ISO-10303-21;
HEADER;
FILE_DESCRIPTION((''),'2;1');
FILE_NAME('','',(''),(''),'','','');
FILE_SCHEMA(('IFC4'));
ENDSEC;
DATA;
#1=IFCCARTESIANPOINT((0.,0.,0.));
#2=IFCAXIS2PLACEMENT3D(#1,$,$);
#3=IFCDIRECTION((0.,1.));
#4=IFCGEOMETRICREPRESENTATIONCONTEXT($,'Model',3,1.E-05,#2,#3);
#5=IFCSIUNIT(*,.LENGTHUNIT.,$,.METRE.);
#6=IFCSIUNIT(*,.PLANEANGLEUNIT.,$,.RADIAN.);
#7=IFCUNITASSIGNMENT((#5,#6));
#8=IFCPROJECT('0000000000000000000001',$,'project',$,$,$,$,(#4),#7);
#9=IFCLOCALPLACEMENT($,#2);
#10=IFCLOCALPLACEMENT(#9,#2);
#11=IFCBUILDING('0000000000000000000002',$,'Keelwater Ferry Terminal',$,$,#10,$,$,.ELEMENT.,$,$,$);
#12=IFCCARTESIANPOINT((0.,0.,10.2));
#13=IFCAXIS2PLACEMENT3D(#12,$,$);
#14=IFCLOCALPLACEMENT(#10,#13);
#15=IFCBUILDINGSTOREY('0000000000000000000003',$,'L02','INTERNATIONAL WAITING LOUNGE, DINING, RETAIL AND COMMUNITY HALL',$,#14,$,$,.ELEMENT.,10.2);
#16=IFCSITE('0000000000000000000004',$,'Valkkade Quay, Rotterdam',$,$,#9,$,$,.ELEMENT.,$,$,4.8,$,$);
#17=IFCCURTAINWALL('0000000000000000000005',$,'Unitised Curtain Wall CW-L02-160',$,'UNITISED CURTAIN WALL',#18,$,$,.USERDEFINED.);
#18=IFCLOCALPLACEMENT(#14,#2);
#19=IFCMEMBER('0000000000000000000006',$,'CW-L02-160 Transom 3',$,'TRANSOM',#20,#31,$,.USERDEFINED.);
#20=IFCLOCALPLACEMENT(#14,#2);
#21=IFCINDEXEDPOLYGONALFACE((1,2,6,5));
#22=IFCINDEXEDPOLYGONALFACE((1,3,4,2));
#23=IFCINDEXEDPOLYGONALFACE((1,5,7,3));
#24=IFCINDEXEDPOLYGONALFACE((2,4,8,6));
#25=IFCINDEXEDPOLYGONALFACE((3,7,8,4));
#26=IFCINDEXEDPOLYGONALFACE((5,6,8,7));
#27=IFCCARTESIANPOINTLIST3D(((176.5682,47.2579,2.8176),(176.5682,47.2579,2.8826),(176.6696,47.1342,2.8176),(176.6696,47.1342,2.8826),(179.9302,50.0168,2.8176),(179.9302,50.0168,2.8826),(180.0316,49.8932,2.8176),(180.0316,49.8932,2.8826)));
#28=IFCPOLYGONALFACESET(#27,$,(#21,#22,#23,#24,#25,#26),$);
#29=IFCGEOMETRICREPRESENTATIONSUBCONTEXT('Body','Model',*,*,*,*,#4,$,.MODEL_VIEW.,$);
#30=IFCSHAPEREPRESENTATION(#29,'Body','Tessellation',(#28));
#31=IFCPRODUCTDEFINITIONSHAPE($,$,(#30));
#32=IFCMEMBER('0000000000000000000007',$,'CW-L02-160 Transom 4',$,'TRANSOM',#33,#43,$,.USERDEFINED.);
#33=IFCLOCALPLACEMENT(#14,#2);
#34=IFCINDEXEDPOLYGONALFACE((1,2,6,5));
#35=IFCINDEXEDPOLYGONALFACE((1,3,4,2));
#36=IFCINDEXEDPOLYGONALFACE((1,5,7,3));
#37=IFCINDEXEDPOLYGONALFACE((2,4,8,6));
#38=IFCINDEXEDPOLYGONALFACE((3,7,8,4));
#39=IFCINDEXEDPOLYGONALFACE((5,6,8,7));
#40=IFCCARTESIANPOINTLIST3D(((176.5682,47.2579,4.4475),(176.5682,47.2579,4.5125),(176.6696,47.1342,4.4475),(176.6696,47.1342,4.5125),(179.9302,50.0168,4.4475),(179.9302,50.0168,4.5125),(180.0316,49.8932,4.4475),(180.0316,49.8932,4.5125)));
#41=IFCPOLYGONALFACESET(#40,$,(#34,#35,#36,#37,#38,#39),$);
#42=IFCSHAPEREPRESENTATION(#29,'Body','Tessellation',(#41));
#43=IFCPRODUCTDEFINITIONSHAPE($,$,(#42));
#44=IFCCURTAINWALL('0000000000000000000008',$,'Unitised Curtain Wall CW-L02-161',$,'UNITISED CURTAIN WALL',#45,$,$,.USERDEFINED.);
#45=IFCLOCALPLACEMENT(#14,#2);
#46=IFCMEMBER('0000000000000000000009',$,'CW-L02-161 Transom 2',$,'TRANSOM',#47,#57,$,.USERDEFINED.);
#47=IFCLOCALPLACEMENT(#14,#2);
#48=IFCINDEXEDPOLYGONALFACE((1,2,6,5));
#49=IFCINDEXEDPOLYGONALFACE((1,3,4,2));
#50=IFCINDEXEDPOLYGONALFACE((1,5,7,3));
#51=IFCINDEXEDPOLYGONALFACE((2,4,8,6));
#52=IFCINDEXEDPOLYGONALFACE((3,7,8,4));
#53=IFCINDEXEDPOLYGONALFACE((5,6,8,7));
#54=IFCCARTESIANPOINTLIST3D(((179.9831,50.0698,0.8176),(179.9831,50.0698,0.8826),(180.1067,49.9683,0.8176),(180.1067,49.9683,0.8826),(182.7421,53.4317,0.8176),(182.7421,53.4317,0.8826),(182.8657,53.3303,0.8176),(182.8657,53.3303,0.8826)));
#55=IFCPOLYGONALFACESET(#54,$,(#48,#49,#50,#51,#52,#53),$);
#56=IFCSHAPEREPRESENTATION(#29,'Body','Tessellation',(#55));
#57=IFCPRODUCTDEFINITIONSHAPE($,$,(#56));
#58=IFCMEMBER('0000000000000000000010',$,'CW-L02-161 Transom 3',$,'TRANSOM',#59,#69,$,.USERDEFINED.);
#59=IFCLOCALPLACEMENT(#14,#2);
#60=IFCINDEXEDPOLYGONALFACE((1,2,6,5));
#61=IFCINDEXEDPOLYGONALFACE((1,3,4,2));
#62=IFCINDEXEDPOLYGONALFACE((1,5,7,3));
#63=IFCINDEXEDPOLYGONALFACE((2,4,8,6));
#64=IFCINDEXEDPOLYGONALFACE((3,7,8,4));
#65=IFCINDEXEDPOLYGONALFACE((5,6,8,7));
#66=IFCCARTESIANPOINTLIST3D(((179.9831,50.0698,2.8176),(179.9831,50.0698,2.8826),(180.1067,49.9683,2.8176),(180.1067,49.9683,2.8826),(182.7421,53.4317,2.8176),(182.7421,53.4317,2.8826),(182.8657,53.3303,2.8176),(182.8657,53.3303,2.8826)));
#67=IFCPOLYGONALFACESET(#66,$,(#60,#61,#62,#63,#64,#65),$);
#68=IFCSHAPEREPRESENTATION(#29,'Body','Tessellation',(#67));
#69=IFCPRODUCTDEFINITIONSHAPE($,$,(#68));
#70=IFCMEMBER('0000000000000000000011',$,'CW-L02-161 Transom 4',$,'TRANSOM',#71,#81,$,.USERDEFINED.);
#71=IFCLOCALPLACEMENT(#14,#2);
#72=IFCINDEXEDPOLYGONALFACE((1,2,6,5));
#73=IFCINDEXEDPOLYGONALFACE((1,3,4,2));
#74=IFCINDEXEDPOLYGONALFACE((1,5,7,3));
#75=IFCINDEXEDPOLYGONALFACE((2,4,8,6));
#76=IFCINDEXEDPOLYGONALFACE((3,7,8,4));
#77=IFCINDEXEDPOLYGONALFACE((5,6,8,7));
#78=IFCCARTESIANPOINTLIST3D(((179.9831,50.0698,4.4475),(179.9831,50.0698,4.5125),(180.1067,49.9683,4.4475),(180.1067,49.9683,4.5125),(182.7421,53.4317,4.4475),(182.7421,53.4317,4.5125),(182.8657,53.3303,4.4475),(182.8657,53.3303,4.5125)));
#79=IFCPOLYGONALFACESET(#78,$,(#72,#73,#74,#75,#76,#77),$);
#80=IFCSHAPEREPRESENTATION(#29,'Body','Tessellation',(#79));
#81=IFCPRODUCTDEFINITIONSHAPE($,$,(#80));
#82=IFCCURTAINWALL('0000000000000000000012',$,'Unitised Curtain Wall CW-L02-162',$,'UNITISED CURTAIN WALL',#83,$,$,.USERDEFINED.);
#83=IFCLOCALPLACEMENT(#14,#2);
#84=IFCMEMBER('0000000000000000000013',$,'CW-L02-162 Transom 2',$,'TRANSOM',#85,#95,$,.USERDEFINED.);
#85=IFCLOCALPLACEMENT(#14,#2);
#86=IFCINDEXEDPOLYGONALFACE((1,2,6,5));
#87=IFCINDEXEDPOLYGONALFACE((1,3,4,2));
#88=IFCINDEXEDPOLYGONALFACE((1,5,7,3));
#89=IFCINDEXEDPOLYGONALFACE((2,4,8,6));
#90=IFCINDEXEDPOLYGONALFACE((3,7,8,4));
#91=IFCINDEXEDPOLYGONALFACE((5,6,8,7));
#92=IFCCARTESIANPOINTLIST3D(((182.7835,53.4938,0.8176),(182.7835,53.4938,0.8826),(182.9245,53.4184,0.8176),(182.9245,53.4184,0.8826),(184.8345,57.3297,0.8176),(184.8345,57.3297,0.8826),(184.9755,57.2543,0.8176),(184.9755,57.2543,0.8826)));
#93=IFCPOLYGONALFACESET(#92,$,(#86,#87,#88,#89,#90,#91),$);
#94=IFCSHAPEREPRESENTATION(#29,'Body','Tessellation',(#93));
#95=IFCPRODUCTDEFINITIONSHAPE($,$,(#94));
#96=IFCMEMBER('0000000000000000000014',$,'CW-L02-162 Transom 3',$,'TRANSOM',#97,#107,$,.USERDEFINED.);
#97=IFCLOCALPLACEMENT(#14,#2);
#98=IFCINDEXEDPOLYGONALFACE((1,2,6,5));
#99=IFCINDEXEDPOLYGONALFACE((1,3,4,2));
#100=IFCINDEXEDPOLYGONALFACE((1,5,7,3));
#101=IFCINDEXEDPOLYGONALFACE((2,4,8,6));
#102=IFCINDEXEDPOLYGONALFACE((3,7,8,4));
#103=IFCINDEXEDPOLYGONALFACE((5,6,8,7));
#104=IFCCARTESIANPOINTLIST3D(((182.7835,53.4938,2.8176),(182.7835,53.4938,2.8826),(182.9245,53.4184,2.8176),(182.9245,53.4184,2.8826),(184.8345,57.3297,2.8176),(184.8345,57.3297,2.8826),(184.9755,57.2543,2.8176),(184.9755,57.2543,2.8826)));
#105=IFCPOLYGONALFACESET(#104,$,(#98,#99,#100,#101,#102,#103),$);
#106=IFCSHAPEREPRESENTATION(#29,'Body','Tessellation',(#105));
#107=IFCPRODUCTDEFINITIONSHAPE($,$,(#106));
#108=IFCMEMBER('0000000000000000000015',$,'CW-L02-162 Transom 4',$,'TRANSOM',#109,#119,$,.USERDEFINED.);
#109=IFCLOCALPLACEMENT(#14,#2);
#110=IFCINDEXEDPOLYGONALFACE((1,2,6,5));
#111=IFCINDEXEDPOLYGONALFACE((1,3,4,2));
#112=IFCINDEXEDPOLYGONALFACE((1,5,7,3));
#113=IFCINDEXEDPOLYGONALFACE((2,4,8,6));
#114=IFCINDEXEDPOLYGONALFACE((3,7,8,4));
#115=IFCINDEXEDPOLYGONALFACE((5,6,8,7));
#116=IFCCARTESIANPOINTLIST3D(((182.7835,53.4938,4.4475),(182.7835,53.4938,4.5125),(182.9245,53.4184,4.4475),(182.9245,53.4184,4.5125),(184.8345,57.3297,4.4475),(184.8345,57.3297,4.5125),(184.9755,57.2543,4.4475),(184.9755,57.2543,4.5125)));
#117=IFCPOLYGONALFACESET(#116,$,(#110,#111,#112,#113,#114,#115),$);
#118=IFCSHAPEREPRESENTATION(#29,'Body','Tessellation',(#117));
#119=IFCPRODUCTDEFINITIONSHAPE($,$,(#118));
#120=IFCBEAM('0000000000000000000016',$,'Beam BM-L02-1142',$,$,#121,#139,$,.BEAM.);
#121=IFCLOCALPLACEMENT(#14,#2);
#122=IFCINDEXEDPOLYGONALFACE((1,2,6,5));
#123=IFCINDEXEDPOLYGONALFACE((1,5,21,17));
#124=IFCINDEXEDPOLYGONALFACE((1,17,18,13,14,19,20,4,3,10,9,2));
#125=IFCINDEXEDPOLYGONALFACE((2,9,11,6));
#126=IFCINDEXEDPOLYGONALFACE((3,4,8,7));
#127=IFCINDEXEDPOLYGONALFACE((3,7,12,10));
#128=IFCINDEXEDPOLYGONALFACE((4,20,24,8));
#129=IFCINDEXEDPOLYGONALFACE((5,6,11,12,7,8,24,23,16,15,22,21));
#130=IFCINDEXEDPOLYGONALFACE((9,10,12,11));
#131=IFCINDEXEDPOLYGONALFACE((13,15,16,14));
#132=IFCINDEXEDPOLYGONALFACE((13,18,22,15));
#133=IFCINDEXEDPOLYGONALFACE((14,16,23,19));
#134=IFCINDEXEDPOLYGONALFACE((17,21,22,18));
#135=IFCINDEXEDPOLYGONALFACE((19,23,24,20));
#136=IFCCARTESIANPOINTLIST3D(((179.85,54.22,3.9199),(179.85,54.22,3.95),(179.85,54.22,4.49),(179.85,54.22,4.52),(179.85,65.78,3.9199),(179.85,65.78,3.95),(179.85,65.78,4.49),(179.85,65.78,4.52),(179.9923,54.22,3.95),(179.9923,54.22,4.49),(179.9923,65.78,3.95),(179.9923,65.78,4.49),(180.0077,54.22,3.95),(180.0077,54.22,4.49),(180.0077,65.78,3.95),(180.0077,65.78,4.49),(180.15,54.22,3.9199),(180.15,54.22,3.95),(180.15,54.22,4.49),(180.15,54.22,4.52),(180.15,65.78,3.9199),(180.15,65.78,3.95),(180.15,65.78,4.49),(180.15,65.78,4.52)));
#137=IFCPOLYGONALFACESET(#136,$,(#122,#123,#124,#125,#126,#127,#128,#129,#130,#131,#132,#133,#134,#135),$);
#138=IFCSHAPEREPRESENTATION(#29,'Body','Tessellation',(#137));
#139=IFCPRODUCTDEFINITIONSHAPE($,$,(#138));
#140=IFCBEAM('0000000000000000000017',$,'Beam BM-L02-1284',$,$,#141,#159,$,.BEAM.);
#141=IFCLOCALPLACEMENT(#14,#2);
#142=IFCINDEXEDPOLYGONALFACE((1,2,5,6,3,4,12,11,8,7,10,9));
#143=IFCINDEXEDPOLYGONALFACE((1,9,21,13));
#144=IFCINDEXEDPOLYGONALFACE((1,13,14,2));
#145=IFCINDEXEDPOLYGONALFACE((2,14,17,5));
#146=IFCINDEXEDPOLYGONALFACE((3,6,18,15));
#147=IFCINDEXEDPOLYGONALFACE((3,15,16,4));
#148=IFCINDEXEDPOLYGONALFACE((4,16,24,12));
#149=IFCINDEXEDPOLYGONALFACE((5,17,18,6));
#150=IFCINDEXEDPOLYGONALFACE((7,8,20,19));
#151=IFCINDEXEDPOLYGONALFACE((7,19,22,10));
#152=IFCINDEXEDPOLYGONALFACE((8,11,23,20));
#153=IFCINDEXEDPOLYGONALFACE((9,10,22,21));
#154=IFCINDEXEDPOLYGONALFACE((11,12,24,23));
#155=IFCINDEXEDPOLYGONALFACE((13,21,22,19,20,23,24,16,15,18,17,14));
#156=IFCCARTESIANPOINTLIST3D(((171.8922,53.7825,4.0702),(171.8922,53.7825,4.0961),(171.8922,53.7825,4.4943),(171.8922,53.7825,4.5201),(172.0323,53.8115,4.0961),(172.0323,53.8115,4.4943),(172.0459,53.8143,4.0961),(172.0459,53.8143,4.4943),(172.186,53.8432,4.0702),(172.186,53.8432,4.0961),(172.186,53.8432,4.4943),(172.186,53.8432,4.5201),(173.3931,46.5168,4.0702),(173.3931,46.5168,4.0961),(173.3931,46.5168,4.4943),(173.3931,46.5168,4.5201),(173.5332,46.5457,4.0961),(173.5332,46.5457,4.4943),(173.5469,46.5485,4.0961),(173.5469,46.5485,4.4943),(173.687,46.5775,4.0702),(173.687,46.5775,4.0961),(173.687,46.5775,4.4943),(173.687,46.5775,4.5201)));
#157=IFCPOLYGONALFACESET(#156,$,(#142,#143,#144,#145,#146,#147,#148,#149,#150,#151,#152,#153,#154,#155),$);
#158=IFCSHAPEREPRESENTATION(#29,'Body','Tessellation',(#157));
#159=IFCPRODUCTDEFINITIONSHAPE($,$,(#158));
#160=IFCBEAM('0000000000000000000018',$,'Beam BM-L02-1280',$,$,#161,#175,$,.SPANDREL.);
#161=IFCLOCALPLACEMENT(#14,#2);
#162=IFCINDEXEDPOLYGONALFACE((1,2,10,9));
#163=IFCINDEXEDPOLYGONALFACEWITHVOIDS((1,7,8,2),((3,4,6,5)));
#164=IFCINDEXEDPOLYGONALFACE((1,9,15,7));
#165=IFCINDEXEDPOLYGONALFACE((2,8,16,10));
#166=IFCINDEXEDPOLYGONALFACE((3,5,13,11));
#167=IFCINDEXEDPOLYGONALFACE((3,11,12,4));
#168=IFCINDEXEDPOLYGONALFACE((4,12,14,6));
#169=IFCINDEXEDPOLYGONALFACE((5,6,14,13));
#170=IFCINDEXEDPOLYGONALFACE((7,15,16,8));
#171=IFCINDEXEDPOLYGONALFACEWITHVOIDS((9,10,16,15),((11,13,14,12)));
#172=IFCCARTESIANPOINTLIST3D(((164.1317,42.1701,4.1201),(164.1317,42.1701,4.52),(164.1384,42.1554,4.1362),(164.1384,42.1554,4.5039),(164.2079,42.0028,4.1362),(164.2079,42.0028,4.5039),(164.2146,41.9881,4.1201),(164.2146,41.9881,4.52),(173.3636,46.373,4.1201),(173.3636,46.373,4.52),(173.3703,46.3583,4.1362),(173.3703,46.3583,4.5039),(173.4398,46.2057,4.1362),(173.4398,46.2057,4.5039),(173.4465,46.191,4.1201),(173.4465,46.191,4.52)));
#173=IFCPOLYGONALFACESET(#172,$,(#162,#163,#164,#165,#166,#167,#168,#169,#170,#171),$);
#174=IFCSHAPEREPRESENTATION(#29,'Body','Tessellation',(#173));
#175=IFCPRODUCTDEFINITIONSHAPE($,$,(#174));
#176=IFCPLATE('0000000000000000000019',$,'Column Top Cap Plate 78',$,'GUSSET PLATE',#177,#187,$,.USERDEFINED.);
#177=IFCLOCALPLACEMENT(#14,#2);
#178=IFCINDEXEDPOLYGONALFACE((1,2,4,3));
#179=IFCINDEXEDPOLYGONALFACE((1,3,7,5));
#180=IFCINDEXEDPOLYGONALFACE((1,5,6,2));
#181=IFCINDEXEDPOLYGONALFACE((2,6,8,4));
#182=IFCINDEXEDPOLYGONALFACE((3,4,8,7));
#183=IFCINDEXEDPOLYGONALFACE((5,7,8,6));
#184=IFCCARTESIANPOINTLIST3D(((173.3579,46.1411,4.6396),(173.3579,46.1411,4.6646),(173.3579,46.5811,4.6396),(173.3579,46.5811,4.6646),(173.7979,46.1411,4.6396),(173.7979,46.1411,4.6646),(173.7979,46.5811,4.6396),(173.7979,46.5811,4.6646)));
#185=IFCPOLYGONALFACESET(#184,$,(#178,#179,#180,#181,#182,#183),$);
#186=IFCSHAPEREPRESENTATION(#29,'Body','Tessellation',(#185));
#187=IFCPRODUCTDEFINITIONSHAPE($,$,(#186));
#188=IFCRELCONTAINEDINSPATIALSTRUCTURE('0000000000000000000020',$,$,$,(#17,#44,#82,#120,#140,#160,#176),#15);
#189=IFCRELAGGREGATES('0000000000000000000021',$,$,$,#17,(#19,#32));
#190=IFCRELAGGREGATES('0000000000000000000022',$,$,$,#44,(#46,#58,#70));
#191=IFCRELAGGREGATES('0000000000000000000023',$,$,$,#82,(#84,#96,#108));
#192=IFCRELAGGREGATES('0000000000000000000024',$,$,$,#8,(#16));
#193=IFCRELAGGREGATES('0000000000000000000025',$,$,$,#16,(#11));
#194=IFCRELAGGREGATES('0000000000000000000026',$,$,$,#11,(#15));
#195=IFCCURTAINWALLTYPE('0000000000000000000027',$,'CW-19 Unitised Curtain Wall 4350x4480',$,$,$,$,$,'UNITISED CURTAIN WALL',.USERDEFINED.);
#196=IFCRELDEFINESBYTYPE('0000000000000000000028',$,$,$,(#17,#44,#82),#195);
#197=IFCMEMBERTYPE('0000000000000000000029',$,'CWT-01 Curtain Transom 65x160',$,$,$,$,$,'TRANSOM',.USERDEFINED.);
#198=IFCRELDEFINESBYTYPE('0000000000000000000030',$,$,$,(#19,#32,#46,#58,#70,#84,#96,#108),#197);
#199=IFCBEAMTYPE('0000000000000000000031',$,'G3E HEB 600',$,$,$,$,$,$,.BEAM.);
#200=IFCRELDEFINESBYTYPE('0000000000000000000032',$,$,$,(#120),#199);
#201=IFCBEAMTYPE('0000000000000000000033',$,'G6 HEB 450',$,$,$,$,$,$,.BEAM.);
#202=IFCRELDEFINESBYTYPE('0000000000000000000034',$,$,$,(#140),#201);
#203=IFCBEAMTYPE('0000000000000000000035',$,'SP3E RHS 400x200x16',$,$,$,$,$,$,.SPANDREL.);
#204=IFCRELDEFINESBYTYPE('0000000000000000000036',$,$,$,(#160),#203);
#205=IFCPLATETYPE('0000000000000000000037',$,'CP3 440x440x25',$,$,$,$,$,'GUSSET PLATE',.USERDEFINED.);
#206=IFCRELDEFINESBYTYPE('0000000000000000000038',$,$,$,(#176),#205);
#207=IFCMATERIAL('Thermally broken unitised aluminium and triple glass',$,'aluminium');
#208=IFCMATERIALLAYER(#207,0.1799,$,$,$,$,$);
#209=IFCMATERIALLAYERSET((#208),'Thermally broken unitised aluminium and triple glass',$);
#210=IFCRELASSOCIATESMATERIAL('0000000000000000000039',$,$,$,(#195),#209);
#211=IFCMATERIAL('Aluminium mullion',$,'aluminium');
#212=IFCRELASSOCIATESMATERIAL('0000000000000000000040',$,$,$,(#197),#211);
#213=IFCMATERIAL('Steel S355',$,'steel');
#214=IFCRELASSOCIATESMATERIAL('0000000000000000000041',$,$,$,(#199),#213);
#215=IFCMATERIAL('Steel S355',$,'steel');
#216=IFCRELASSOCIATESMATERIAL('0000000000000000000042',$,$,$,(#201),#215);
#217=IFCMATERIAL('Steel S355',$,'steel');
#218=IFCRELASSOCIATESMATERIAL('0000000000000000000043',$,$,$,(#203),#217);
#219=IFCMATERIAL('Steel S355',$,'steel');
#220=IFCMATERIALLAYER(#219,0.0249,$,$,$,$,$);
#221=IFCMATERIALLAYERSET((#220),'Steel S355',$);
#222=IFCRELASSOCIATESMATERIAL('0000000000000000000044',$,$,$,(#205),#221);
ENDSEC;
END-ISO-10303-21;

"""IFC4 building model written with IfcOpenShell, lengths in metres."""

from ifc_helpers import new_model, si_unit, direction, frame, origin, origin_2d, place, context, subcontext, project, spatial, rectangle, hollow_rectangle, i_section, extrude, material, layer, layer_set, material_profile, profile_set, type_object, element, aggregate, save


model = new_model("IFC4")

# Units and contexts
model_context = context("Model", 3, precision=1e-05, world=origin(), true_north=direction((0.0, 1.0)))
body_context = subcontext(model_context, "Body", "Model", "MODEL_VIEW")
ifc_project = project(units=[si_unit("LENGTHUNIT", "METRE"), si_unit("PLANEANGLEUNIT", "RADIAN")], contexts=[model_context])

# Site, building, storey
site_placement = place(None, origin())
site = spatial("IfcSite", under=ifc_project, at=site_placement, Name="Valkkade Quay, Rotterdam", CompositionType="ELEMENT", RefElevation=4.8)
building_placement = place(site_placement, origin())
building = spatial("IfcBuilding", under=site, at=building_placement, Name="Keelwater Ferry Terminal", CompositionType="ELEMENT")
storey_placement = place(building_placement, frame((0.0, 0.0, 10.2)))
storey = spatial("IfcBuildingStorey", under=building, at=storey_placement, Name="L02", Description="INTERNATIONAL WAITING LOUNGE, DINING, RETAIL AND COMMUNITY HALL", CompositionType="ELEMENT", Elevation=10.2)

# Curtain walls, members
ifc_material_1 = material(Name="Thermally broken unitised aluminium and triple glass", Category="aluminium")
ifc_layer_1 = layer(ifc_material_1, 0.1799)
ifc_layer_set_1 = layer_set([ifc_layer_1], Name="Thermally broken unitised aluminium and triple glass")
curtain_wall_type = type_object("IfcCurtainWallType", Name="CW-19 Unitised Curtain Wall 4350x4480", ElementType="UNITISED CURTAIN WALL", PredefinedType="USERDEFINED", material=ifc_layer_set_1)
curtain_wall_1_placement = place(storey_placement, origin())
curtain_wall_1 = element("IfcCurtainWall", 1, at=curtain_wall_1_placement, inside=storey, type_object=curtain_wall_type, Name="Unitised Curtain Wall CW-L02-160", ObjectType="UNITISED CURTAIN WALL", PredefinedType="USERDEFINED")
ifc_material_2 = material(Name="Aluminium mullion", Category="aluminium")
ifc_material_profile_1 = material_profile(ifc_material_2, rectangle(XDim=0.1599, YDim=0.0649, at=origin_2d()), Name="CWT-01")
ifc_profile_set_1 = profile_set([ifc_material_profile_1], Name="Aluminium mullion")
member_type = type_object("IfcMemberType", Name="CWT-01 Curtain Transom 65x160", ElementType="TRANSOM", PredefinedType="USERDEFINED", material=ifc_profile_set_1)
member_1_placement = place(storey_placement, frame((176.6189, 47.196, 2.8501), z_axis=(0.773026, 0.634374, 0.0), x_axis=(-0.634374, 0.773026, 0.0)))
member_1 = element("IfcMember", 2, at=member_1_placement, type_object=member_type, Name="CW-L02-160 Transom 3", ObjectType="TRANSOM", PredefinedType="USERDEFINED", context=body_context, shape_type="SweptSolid", body=[
    extrude(rectangle(XDim=0.1599, YDim=0.0649, at=origin_2d()), origin(), (0.0, 0.0, 1.0), 4.3491),
])
member_2_placement = place(storey_placement, frame((176.6189, 47.196, 4.48), z_axis=(0.773026, 0.634374, 0.0), x_axis=(-0.634374, 0.773026, 0.0)))
member_2 = element("IfcMember", 3, at=member_2_placement, type_object=member_type, Name="CW-L02-160 Transom 4", ObjectType="TRANSOM", PredefinedType="USERDEFINED", context=body_context, shape_type="SweptSolid", body=[
    extrude(rectangle(XDim=0.1599, YDim=0.0649, at=origin_2d()), origin(), (0.0, 0.0, 1.0), 4.3491),
])
curtain_wall_2_placement = place(storey_placement, origin())
curtain_wall_2 = element("IfcCurtainWall", 4, at=curtain_wall_2_placement, inside=storey, type_object=curtain_wall_type, Name="Unitised Curtain Wall CW-L02-161", ObjectType="UNITISED CURTAIN WALL", PredefinedType="USERDEFINED")
member_3_placement = place(storey_placement, frame((180.0449, 50.019, 0.8501), z_axis=(0.634374, 0.773026, 0.0), x_axis=(-0.773026, 0.634374, 0.0)))
member_3 = element("IfcMember", 5, at=member_3_placement, type_object=member_type, Name="CW-L02-161 Transom 2", ObjectType="TRANSOM", PredefinedType="USERDEFINED", context=body_context, shape_type="SweptSolid", body=[
    extrude(rectangle(XDim=0.1599, YDim=0.0649, at=origin_2d()), origin(), (0.0, 0.0, 1.0), 4.3491),
])
member_4_placement = place(storey_placement, frame((180.0449, 50.019, 2.8501), z_axis=(0.634374, 0.773026, 0.0), x_axis=(-0.773026, 0.634374, 0.0)))
member_4 = element("IfcMember", 6, at=member_4_placement, type_object=member_type, Name="CW-L02-161 Transom 3", ObjectType="TRANSOM", PredefinedType="USERDEFINED", context=body_context, shape_type="SweptSolid", body=[
    extrude(rectangle(XDim=0.1599, YDim=0.0649, at=origin_2d()), origin(), (0.0, 0.0, 1.0), 4.3491),
])
member_5_placement = place(storey_placement, frame((180.0449, 50.019, 4.48), z_axis=(0.634374, 0.773026, 0.0), x_axis=(-0.773026, 0.634374, 0.0)))
member_5 = element("IfcMember", 7, at=member_5_placement, type_object=member_type, Name="CW-L02-161 Transom 4", ObjectType="TRANSOM", PredefinedType="USERDEFINED", context=body_context, shape_type="SweptSolid", body=[
    extrude(rectangle(XDim=0.1599, YDim=0.0649, at=origin_2d()), origin(), (0.0, 0.0, 1.0), 4.3491),
])
curtain_wall_3_placement = place(storey_placement, origin())
curtain_wall_3 = element("IfcCurtainWall", 8, at=curtain_wall_3_placement, inside=storey, type_object=curtain_wall_type, Name="Unitised Curtain Wall CW-L02-162", ObjectType="UNITISED CURTAIN WALL", PredefinedType="USERDEFINED")
member_6_placement = place(storey_placement, frame((182.854, 53.4561, 0.8501), z_axis=(0.471517, 0.881857, 0.0), x_axis=(-0.881857, 0.471517, 0.0)))
member_6 = element("IfcMember", 9, at=member_6_placement, type_object=member_type, Name="CW-L02-162 Transom 2", ObjectType="TRANSOM", PredefinedType="USERDEFINED", context=body_context, shape_type="SweptSolid", body=[
    extrude(rectangle(XDim=0.1599, YDim=0.0649, at=origin_2d()), origin(), (0.0, 0.0, 1.0), 4.3499),
])
member_7_placement = place(storey_placement, frame((182.854, 53.4561, 2.8501), z_axis=(0.471517, 0.881857, 0.0), x_axis=(-0.881857, 0.471517, 0.0)))
member_7 = element("IfcMember", 10, at=member_7_placement, type_object=member_type, Name="CW-L02-162 Transom 3", ObjectType="TRANSOM", PredefinedType="USERDEFINED", context=body_context, shape_type="SweptSolid", body=[
    extrude(rectangle(XDim=0.1599, YDim=0.0649, at=origin_2d()), origin(), (0.0, 0.0, 1.0), 4.3499),
])
member_8_placement = place(storey_placement, frame((182.854, 53.4561, 4.48), z_axis=(0.471517, 0.881857, 0.0), x_axis=(-0.881857, 0.471517, 0.0)))
member_8 = element("IfcMember", 11, at=member_8_placement, type_object=member_type, Name="CW-L02-162 Transom 4", ObjectType="TRANSOM", PredefinedType="USERDEFINED", context=body_context, shape_type="SweptSolid", body=[
    extrude(rectangle(XDim=0.1599, YDim=0.0649, at=origin_2d()), origin(), (0.0, 0.0, 1.0), 4.3499),
])

# Beams
ifc_material_3 = material(Name="Steel S355", Category="steel")
ifc_material_profile_2 = material_profile(ifc_material_3, i_section(OverallWidth=0.3, OverallDepth=0.6001, WebThickness=0.0154, FlangeThickness=0.03, at=origin_2d()), Name="HEB 600")
ifc_profile_set_2 = profile_set([ifc_material_profile_2], Name="Steel S355")
beam_type_1 = type_object("IfcBeamType", Name="G3E HEB 600", PredefinedType="BEAM", material=ifc_profile_set_2)
beam_1_placement = place(storey_placement, frame((180.0, 54.22, 4.22), z_axis=(0.0, 1.0, 0.0), x_axis=(-1.0, 0.0, 0.0)))
element("IfcBeam", 12, at=beam_1_placement, inside=storey, type_object=beam_type_1, Name="Beam BM-L02-1142", PredefinedType="BEAM", context=body_context, shape_type="SweptSolid", body=[
    extrude(i_section(OverallWidth=0.3, OverallDepth=0.6001, WebThickness=0.0154, FlangeThickness=0.03, at=origin_2d()), origin(), (0.0, 0.0, 1.0), 11.5601),
])
ifc_material_4 = material(Name="Steel S355", Category="steel")
ifc_material_profile_3 = material_profile(ifc_material_4, i_section(OverallWidth=0.3, OverallDepth=0.45, WebThickness=0.0139, FlangeThickness=0.0259, at=origin_2d()), Name="HEB 450")
ifc_profile_set_3 = profile_set([ifc_material_profile_3], Name="Steel S355")
beam_type_2 = type_object("IfcBeamType", Name="G6 HEB 450", PredefinedType="BEAM", material=ifc_profile_set_3)
beam_2_placement = place(storey_placement, frame((173.54, 46.5471, 4.2952), z_axis=(-0.202307, 0.979322, 0.0), x_axis=(-0.979322, -0.202307, 0.0)))
element("IfcBeam", 13, at=beam_2_placement, inside=storey, type_object=beam_type_2, Name="Beam BM-L02-1284", PredefinedType="BEAM", context=body_context, shape_type="SweptSolid", body=[
    extrude(i_section(OverallWidth=0.3, OverallDepth=0.45, WebThickness=0.0139, FlangeThickness=0.0259, at=origin_2d()), origin(), (0.0, 0.0, 1.0), 7.4192),
])
ifc_material_5 = material(Name="Steel S355", Category="steel")
ifc_material_profile_4 = material_profile(ifc_material_5, hollow_rectangle(XDim=0.2, YDim=0.3999, WallThickness=0.0161, at=origin_2d()), Name="RHS 400x200x16")
ifc_profile_set_4 = profile_set([ifc_material_profile_4], Name="Steel S355")
beam_type_3 = type_object("IfcBeamType", Name="SP3E RHS 400x200x16", PredefinedType="SPANDREL", material=ifc_profile_set_4)
beam_3_placement = place(storey_placement, frame((173.405, 46.282, 4.3201), z_axis=(-0.910123, -0.414338, 0.0), x_axis=(0.414338, -0.910123, 0.0)))
element("IfcBeam", 14, at=beam_3_placement, inside=storey, type_object=beam_type_3, Name="Beam BM-L02-1280", PredefinedType="SPANDREL", context=body_context, shape_type="SweptSolid", body=[
    extrude(hollow_rectangle(XDim=0.2, YDim=0.3999, WallThickness=0.0161, at=origin_2d()), origin(), (0.0, 0.0, 1.0), 10.1436),
])

# Plate
ifc_material_6 = material(Name="Steel S355", Category="steel")
ifc_layer_2 = layer(ifc_material_6, 0.0249)
ifc_layer_set_2 = layer_set([ifc_layer_2], Name="Steel S355")
plate_type_1 = type_object("IfcPlateType", Name="CP3 440x440x25", ElementType="GUSSET PLATE", PredefinedType="USERDEFINED", material=ifc_layer_set_2)
plate_1_placement = place(storey_placement, frame((173.5779, 46.3611, 4.6396), z_axis=(0.0, 0.0, 1.0), x_axis=(1.0, 0.0, 0.0)))
element("IfcPlate", 15, at=plate_1_placement, inside=storey, type_object=plate_type_1, Name="Column Top Cap Plate 78", ObjectType="GUSSET PLATE", PredefinedType="USERDEFINED", context=body_context, shape_type="SweptSolid", body=[
    extrude(rectangle(XDim=0.4399, YDim=0.4399, at=origin_2d()), origin(), (0.0, 0.0, 1.0), 0.0249),
])

aggregate(curtain_wall_1, [member_1, member_2])
aggregate(curtain_wall_2, [member_3, member_4, member_5])
aggregate(curtain_wall_3, [member_6, member_7, member_8])

save(model, "model.ifc")
